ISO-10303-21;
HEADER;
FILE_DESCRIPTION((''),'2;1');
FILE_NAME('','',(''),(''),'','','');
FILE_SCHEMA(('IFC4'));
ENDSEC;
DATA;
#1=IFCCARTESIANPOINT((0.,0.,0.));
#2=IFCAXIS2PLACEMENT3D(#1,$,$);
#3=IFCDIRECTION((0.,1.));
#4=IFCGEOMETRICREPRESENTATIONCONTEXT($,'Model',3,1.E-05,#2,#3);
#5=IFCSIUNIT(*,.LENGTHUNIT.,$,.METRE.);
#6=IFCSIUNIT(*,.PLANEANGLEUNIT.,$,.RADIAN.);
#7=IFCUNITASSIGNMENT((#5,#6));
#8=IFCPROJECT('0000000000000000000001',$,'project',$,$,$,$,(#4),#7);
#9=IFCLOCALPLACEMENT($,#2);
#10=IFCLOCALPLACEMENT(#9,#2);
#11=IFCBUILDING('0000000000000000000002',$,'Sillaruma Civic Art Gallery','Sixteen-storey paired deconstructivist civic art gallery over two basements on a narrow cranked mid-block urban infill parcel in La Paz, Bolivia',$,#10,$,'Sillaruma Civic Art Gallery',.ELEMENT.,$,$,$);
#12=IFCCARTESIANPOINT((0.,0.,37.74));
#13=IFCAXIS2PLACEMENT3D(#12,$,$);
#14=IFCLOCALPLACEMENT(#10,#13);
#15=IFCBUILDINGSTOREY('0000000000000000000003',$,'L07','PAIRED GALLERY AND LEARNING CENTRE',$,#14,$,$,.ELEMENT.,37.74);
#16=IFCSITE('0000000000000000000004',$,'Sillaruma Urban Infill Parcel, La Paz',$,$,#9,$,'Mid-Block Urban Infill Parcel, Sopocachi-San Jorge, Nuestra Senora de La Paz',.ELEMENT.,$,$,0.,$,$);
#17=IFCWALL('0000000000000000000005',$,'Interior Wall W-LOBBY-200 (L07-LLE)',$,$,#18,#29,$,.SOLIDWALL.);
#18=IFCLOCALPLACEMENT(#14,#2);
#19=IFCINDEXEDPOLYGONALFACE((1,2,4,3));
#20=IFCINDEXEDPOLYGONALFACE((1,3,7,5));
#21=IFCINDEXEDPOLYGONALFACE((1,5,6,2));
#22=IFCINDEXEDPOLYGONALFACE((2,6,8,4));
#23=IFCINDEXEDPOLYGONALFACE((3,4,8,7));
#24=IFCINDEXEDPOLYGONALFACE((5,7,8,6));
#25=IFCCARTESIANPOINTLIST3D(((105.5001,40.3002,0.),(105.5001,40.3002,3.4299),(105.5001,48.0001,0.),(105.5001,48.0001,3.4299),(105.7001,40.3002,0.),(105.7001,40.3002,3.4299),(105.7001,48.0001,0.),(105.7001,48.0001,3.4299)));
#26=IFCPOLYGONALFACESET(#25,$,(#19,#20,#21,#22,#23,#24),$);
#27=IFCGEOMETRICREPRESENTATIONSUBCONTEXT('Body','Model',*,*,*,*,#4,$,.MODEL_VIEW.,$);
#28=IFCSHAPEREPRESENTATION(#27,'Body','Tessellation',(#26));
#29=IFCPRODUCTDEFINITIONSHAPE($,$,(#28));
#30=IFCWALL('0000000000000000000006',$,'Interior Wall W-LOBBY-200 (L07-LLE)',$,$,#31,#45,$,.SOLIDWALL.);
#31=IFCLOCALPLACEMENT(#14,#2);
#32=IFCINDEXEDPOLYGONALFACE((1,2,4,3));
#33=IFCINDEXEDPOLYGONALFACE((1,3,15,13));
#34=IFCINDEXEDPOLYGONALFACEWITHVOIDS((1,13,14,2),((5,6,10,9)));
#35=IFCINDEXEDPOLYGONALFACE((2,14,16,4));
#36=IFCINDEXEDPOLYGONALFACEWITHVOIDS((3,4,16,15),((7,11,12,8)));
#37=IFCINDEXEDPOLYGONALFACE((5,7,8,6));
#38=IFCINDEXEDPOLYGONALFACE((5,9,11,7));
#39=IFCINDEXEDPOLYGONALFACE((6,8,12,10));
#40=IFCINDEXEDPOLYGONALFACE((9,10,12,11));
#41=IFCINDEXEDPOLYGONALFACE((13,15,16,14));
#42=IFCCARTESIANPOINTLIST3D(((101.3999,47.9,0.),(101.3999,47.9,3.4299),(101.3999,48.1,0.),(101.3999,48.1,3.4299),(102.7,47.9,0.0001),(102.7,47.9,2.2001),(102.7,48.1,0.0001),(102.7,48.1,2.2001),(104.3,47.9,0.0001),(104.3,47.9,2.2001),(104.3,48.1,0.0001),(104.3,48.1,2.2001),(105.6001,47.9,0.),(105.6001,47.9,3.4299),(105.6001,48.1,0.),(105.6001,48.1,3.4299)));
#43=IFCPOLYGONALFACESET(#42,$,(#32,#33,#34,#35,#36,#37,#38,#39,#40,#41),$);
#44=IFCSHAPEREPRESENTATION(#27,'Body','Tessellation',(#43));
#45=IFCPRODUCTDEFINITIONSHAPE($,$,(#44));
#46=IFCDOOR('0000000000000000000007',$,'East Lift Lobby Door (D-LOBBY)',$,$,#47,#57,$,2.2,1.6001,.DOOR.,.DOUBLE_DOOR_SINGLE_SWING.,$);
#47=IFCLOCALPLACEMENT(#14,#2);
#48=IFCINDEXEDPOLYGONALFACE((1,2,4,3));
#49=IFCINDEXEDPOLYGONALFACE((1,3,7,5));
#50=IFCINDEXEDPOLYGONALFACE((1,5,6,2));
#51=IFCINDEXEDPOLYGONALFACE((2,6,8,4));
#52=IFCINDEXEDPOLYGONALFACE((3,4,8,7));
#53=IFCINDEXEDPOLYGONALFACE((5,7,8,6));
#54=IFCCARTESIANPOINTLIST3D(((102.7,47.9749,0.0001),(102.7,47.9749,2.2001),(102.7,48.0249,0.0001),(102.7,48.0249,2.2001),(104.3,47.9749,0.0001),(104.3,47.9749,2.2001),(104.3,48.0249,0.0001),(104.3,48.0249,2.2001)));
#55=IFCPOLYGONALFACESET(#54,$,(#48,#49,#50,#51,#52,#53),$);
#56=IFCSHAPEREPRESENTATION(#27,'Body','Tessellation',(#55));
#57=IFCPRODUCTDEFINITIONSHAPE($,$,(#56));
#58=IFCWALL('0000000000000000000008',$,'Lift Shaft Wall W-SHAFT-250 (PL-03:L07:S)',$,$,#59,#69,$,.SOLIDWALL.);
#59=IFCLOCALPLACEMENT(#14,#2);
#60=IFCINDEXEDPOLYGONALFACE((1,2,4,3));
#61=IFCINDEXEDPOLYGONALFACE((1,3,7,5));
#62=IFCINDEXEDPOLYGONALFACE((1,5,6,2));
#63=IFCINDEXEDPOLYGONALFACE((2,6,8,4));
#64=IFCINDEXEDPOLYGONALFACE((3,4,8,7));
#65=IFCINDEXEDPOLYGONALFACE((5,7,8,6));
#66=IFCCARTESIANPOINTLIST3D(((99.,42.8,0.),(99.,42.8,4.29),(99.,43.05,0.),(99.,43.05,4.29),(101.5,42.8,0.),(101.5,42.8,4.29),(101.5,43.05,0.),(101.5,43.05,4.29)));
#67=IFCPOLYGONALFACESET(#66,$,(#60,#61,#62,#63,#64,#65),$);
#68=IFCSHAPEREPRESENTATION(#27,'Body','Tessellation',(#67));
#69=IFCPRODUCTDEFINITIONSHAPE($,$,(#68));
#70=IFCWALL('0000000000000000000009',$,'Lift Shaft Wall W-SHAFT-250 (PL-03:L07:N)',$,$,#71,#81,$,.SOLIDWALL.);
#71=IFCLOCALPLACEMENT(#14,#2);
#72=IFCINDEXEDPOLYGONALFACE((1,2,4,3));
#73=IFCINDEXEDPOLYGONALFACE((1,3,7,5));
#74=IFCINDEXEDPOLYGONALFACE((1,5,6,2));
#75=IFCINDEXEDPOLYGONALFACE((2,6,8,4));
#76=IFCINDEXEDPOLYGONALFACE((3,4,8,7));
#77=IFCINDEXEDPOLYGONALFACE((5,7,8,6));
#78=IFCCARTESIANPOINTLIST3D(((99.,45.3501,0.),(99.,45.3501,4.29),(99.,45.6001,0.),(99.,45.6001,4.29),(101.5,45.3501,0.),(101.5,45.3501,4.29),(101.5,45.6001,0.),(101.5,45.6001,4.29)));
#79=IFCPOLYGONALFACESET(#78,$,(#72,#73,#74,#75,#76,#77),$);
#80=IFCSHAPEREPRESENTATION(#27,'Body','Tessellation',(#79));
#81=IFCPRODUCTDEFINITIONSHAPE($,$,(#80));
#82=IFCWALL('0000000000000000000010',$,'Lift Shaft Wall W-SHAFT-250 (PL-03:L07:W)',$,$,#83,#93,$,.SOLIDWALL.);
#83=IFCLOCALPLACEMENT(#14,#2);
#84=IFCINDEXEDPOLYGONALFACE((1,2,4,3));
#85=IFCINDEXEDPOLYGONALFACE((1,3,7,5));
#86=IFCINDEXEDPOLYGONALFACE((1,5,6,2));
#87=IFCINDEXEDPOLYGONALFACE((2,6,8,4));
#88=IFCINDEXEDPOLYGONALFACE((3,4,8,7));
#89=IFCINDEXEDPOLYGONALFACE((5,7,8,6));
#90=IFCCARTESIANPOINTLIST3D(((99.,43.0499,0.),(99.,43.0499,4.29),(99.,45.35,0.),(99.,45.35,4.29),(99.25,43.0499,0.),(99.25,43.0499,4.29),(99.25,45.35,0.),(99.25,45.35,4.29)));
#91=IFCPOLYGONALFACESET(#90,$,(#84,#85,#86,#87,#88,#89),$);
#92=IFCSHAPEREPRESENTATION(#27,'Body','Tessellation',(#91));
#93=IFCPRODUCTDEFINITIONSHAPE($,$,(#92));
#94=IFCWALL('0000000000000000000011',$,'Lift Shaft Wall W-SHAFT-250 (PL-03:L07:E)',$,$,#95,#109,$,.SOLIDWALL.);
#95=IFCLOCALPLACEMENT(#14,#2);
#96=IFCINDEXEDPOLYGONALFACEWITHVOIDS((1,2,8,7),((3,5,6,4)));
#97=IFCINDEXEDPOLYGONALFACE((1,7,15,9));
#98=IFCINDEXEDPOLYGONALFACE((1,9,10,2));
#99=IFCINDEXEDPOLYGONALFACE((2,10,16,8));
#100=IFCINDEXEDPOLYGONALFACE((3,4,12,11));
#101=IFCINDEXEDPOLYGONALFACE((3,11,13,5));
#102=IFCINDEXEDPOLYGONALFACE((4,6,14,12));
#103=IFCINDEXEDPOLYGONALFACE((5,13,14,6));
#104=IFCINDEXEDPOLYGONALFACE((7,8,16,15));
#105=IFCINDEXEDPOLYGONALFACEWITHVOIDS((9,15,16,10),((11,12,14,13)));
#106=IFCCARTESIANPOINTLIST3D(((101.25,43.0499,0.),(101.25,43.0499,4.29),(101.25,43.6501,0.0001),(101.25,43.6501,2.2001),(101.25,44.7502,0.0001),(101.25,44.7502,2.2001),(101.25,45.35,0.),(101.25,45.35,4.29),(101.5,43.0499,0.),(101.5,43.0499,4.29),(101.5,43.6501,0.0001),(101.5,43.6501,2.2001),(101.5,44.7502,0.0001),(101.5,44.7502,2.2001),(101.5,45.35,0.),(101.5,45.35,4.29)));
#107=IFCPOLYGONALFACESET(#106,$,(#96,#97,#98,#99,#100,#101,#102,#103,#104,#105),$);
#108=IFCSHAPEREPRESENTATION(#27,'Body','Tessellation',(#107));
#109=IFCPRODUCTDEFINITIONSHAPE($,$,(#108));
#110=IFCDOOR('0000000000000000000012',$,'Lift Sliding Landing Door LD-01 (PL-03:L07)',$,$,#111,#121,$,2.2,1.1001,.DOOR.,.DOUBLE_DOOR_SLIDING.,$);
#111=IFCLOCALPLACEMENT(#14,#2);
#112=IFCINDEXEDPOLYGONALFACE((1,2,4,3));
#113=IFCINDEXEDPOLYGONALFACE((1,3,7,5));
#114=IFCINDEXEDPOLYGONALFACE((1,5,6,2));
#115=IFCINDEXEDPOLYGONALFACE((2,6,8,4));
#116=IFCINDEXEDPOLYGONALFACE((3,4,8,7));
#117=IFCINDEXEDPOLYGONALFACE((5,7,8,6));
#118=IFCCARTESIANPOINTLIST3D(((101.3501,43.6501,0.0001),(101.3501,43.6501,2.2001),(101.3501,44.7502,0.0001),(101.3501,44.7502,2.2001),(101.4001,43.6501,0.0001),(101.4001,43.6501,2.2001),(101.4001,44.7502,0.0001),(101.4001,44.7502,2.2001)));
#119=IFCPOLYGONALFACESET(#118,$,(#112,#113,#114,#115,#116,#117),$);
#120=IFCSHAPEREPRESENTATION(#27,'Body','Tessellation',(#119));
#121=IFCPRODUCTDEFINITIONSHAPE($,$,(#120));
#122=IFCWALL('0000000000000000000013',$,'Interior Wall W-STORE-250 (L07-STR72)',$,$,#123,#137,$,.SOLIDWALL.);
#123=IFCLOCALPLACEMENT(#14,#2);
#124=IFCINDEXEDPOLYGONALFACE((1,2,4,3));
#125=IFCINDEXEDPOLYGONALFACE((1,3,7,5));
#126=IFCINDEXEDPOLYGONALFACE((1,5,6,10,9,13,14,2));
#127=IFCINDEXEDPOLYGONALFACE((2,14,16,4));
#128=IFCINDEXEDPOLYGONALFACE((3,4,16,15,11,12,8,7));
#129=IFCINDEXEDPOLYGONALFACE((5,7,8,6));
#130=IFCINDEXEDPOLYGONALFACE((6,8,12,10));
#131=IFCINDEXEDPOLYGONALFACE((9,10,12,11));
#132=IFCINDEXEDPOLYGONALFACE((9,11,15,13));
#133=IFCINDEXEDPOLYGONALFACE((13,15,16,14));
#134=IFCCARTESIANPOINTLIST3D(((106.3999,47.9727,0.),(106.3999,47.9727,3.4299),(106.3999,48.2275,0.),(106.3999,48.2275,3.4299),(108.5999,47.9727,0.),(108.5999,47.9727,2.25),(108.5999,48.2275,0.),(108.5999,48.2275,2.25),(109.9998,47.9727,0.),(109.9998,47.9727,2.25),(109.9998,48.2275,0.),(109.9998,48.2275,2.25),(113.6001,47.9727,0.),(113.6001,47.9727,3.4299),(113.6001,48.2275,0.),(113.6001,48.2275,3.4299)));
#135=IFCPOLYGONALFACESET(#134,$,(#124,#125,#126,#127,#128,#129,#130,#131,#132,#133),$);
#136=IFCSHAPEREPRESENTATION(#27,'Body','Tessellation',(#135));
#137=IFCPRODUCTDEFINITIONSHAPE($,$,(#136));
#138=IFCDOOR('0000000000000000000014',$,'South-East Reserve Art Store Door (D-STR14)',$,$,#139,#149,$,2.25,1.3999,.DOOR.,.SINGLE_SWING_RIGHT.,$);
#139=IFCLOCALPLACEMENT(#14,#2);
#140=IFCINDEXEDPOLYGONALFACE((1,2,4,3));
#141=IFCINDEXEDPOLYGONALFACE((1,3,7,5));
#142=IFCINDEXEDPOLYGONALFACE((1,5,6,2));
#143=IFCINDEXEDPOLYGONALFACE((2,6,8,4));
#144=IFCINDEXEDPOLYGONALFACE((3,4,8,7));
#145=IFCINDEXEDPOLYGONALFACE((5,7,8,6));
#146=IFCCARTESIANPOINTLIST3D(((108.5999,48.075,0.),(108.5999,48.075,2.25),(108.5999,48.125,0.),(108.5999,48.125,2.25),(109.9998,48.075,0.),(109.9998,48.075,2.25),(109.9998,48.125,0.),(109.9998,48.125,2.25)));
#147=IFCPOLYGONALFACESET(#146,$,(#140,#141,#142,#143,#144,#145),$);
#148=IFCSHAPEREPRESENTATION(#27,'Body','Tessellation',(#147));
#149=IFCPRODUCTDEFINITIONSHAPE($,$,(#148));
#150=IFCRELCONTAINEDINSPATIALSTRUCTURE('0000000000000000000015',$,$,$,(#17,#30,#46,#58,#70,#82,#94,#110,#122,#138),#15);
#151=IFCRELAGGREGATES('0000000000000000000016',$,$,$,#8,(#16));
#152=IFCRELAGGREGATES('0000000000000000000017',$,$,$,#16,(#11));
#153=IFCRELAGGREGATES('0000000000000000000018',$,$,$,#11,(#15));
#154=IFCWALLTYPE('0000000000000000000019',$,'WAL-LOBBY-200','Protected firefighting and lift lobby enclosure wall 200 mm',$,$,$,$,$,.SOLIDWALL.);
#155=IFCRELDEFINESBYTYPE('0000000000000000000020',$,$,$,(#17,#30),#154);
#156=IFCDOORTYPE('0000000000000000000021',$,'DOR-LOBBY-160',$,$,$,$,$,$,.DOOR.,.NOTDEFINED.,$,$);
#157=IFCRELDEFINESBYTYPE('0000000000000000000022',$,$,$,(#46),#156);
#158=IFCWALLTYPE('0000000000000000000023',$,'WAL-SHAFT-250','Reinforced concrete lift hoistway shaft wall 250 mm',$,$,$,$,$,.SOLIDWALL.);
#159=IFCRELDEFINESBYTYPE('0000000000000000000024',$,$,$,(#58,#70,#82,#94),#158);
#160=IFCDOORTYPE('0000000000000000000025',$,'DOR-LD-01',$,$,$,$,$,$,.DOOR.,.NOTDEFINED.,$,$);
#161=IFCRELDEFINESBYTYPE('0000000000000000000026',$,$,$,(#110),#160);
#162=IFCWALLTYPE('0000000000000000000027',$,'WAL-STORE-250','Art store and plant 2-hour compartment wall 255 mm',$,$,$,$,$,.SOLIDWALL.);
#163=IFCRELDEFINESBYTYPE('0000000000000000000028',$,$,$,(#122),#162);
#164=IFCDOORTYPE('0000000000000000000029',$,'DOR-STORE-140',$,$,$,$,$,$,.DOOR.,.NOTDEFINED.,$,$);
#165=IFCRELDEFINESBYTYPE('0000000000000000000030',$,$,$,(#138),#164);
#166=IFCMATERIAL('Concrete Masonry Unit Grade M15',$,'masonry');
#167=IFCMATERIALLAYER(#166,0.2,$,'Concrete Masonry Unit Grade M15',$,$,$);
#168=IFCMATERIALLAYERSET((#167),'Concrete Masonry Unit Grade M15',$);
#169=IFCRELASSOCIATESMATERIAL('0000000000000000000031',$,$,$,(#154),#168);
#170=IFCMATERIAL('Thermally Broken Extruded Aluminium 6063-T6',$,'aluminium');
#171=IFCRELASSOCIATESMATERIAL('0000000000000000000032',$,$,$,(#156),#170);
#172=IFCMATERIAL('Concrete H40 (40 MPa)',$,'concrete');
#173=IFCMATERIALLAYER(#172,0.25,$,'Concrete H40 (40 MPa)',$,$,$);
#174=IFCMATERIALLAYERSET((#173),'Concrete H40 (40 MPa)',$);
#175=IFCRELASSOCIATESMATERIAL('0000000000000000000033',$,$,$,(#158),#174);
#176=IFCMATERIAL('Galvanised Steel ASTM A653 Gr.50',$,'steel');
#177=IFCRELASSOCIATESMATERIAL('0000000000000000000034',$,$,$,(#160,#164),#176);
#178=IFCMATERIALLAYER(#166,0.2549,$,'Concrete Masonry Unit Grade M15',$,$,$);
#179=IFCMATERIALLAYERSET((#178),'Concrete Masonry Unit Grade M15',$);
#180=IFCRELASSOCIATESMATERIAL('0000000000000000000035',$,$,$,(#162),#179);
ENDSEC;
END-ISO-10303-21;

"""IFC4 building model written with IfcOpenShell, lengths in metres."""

from ifc_helpers import new_model, si_unit, direction, frame, frame_2d, origin, place, context, subcontext, project, spatial, rectangle, extrude, material, layer, layer_set, type_object, element, fill, save


model = new_model("IFC4")

# Units and contexts
model_context = context("Model", 3, precision=1e-05, world=origin(), true_north=direction((0.0, 1.0)))
body_context = subcontext(model_context, "Body", "Model", "MODEL_VIEW")
ifc_project = project(units=[si_unit("LENGTHUNIT", "METRE"), si_unit("PLANEANGLEUNIT", "RADIAN")], contexts=[model_context])

# Site, building, storey
site_placement = place(None, origin())
site = spatial("IfcSite", under=ifc_project, at=site_placement, Name="Sillaruma Urban Infill Parcel, La Paz", LongName="Mid-Block Urban Infill Parcel, Sopocachi-San Jorge, Nuestra Senora de La Paz", CompositionType="ELEMENT", RefElevation=0.0)
building_placement = place(site_placement, origin())
building = spatial("IfcBuilding", under=site, at=building_placement, Name="Sillaruma Civic Art Gallery", Description="Sixteen-storey paired deconstructivist civic art gallery over two basements on a narrow cranked mid-block urban infill parcel in La Paz, Bolivia", LongName="Sillaruma Civic Art Gallery", CompositionType="ELEMENT")
storey_placement = place(building_placement, frame((0.0, 0.0, 37.74)))
storey = spatial("IfcBuildingStorey", under=building, at=storey_placement, Name="L07", Description="PAIRED GALLERY AND LEARNING CENTRE", CompositionType="ELEMENT", Elevation=37.74)

# Shared definitions
ifc_material_1 = material(Name="Concrete H40 (40 MPa)", Category="concrete")

# Shared definitions
ifc_material_2 = material(Name="Galvanised Steel ASTM A653 Gr.50", Category="steel")

# Wall
ifc_material_3 = material(Name="Concrete Masonry Unit Grade M15", Category="masonry")
ifc_layer_1 = layer(ifc_material_3, 0.2, Name="Concrete Masonry Unit Grade M15")
ifc_layer_set_1 = layer_set([ifc_layer_1], Name="Concrete Masonry Unit Grade M15")
wall_type_1 = type_object("IfcWallType", Name="WAL-LOBBY-200", Description="Protected firefighting and lift lobby enclosure wall 200 mm", PredefinedType="SOLIDWALL", material=ifc_layer_set_1)
wall_1_placement = place(storey_placement, frame((105.6001, 40.3, 0.0), z_axis=(0.0, 0.0, 1.0), x_axis=(0.0, 1.0, 0.0)))
element("IfcWall", 1, at=wall_1_placement, inside=storey, type_object=wall_type_1, Name="Interior Wall W-LOBBY-200 (L07-LLE)", PredefinedType="SOLIDWALL", context=body_context, shape_type="SweptSolid", body=[
    extrude(rectangle(XDim=7.7, YDim=0.2, at=frame_2d((3.8501, 0.0))), origin(), (0.0, 0.0, 1.0), 3.4299),
])

# Wall, opening, door
wall_2_placement = place(storey_placement, frame((101.3999, 48.0, 0.0), z_axis=(0.0, 0.0, 1.0), x_axis=(1.0, 0.0, 0.0)))
wall_2 = element("IfcWall", 2, at=wall_2_placement, inside=storey, type_object=wall_type_1, Name="Interior Wall W-LOBBY-200 (L07-LLE)", PredefinedType="SOLIDWALL", context=body_context, shape_type="SweptSolid", body=[
    extrude(rectangle(XDim=4.2002, YDim=0.2, at=frame_2d((2.1001, 0.0))), origin(), (0.0, 0.0, 1.0), 3.4299),
])
opening_1_placement = place(wall_2_placement, frame((1.3, 0.0, 0.0)))
opening_1 = element("IfcOpeningElement", 3, at=opening_1_placement, cuts=wall_2, PredefinedType="OPENING", context=body_context, shape_type="SweptSolid", body=[
    extrude(rectangle(XDim=1.6001, YDim=2.2, at=frame_2d((0.8, 1.1001))), frame((0.0, 0.1099, 0.0), z_axis=(0.0, -1.0, 0.0), x_axis=(1.0, 0.0, 0.0)), (0.0, 0.0, 1.0), 0.22),
])
ifc_material_4 = material(Name="Thermally Broken Extruded Aluminium 6063-T6", Category="aluminium")
door_type_1 = type_object("IfcDoorType", Name="DOR-LOBBY-160", OperationType="NOTDEFINED", PredefinedType="DOOR", material=ifc_material_4)
door_1_placement = place(opening_1_placement, origin())
door_1 = element("IfcDoor", 4, at=door_1_placement, inside=storey, type_object=door_type_1, Name="East Lift Lobby Door (D-LOBBY)", OperationType="DOUBLE_DOOR_SINGLE_SWING", OverallHeight=2.2, OverallWidth=1.6001, PredefinedType="DOOR", context=body_context, shape_type="SweptSolid", body=[
    extrude(rectangle(XDim=1.6001, YDim=2.2, at=frame_2d((0.8, 1.1001))), frame((0.0, 0.0249, 0.0), z_axis=(0.0, -1.0, 0.0), x_axis=(1.0, 0.0, 0.0)), (0.0, 0.0, 1.0), 0.05),
])
fill(opening_1, door_1)

# Walls
ifc_layer_2 = layer(ifc_material_1, 0.25, Name="Concrete H40 (40 MPa)")
ifc_layer_set_2 = layer_set([ifc_layer_2], Name="Concrete H40 (40 MPa)")
wall_type_2 = type_object("IfcWallType", Name="WAL-SHAFT-250", Description="Reinforced concrete lift hoistway shaft wall 250 mm", PredefinedType="SOLIDWALL", material=ifc_layer_set_2)
for number, where, z_axis, x_axis, name in (
    (5, (99.0, 42.925, 0.0), (0.0, 0.0, 1.0), (1.0, 0.0, 0.0), "Lift Shaft Wall W-SHAFT-250 (PL-03:L07:S)"),
    (6, (99.0, 45.4751, 0.0), (0.0, 0.0, 1.0), (1.0, 0.0, 0.0), "Lift Shaft Wall W-SHAFT-250 (PL-03:L07:N)"),
):
    element("IfcWall", number, at=place(storey_placement, frame(where, z_axis=z_axis, x_axis=x_axis)), inside=storey, type_object=wall_type_2, Name=name, PredefinedType="SOLIDWALL", context=body_context, shape_type="SweptSolid", body=[
        extrude(rectangle(XDim=2.5, YDim=0.25, at=frame_2d((1.25, 0.0))), origin(), (0.0, 0.0, 1.0), 4.29),
    ])
wall_3_placement = place(storey_placement, frame((99.125, 43.05, 0.0), z_axis=(0.0, 0.0, 1.0), x_axis=(0.0, 1.0, 0.0)))
element("IfcWall", 7, at=wall_3_placement, inside=storey, type_object=wall_type_2, Name="Lift Shaft Wall W-SHAFT-250 (PL-03:L07:W)", PredefinedType="SOLIDWALL", context=body_context, shape_type="SweptSolid", body=[
    extrude(rectangle(XDim=2.3, YDim=0.25, at=frame_2d((1.1499, 0.0))), origin(), (0.0, 0.0, 1.0), 4.29),
])

# Walls, openings, doors
wall_4_placement = place(storey_placement, frame((101.375, 43.05, 0.0), z_axis=(0.0, 0.0, 1.0), x_axis=(0.0, 1.0, 0.0)))
wall_4 = element("IfcWall", 8, at=wall_4_placement, inside=storey, type_object=wall_type_2, Name="Lift Shaft Wall W-SHAFT-250 (PL-03:L07:E)", PredefinedType="SOLIDWALL", context=body_context, shape_type="SweptSolid", body=[
    extrude(rectangle(XDim=2.3, YDim=0.25, at=frame_2d((1.1499, 0.0))), origin(), (0.0, 0.0, 1.0), 4.29),
])
opening_2_placement = place(wall_4_placement, frame((0.6001, 0.0, 0.0)))
opening_2 = element("IfcOpeningElement", 9, at=opening_2_placement, cuts=wall_4, PredefinedType="OPENING", context=body_context, shape_type="SweptSolid", body=[
    extrude(rectangle(XDim=1.1001, YDim=2.2, at=frame_2d((0.55, 1.1001))), frame((0.0, 0.135, 0.0), z_axis=(0.0, -1.0, 0.0), x_axis=(1.0, 0.0, 0.0)), (0.0, 0.0, 1.0), 0.27),
])
door_type_2 = type_object("IfcDoorType", Name="DOR-LD-01", OperationType="NOTDEFINED", PredefinedType="DOOR", material=ifc_material_2)
door_2_placement = place(opening_2_placement, origin())
door_2 = element("IfcDoor", 10, at=door_2_placement, inside=storey, type_object=door_type_2, Name="Lift Sliding Landing Door LD-01 (PL-03:L07)", OperationType="DOUBLE_DOOR_SLIDING", OverallHeight=2.2, OverallWidth=1.1001, PredefinedType="DOOR", context=body_context, shape_type="SweptSolid", body=[
    extrude(rectangle(XDim=1.1001, YDim=2.2, at=frame_2d((0.55, 1.1001))), frame((0.0, 0.0249, 0.0), z_axis=(0.0, -1.0, 0.0), x_axis=(1.0, 0.0, 0.0)), (0.0, 0.0, 1.0), 0.05),
])
fill(opening_2, door_2)
ifc_layer_3 = layer(ifc_material_3, 0.2549, Name="Concrete Masonry Unit Grade M15")
ifc_layer_set_3 = layer_set([ifc_layer_3], Name="Concrete Masonry Unit Grade M15")
wall_type_3 = type_object("IfcWallType", Name="WAL-STORE-250", Description="Art store and plant 2-hour compartment wall 255 mm", PredefinedType="SOLIDWALL", material=ifc_layer_set_3)
wall_5_placement = place(storey_placement, frame((106.3999, 48.1001, 0.0), z_axis=(0.0, 0.0, 1.0), x_axis=(1.0, 0.0, 0.0)))
wall_5 = element("IfcWall", 11, at=wall_5_placement, inside=storey, type_object=wall_type_3, Name="Interior Wall W-STORE-250 (L07-STR72)", PredefinedType="SOLIDWALL", context=body_context, shape_type="SweptSolid", body=[
    extrude(rectangle(XDim=7.2002, YDim=0.2549, at=frame_2d((3.6001, 0.0))), origin(), (0.0, 0.0, 1.0), 3.4299),
])
opening_3_placement = place(wall_5_placement, frame((2.2, 0.0, 0.0)))
opening_3 = element("IfcOpeningElement", 12, at=opening_3_placement, cuts=wall_5, PredefinedType="OPENING", context=body_context, shape_type="SweptSolid", body=[
    extrude(rectangle(XDim=1.3999, YDim=2.25, at=frame_2d((0.7, 1.125))), frame((0.0, 0.1375, 0.0), z_axis=(0.0, -1.0, 0.0), x_axis=(1.0, 0.0, 0.0)), (0.0, 0.0, 1.0), 0.2749),
])
door_type_3 = type_object("IfcDoorType", Name="DOR-STORE-140", OperationType="NOTDEFINED", PredefinedType="DOOR", material=ifc_material_2)
door_3_placement = place(opening_3_placement, origin())
door_3 = element("IfcDoor", 13, at=door_3_placement, inside=storey, type_object=door_type_3, Name="South-East Reserve Art Store Door (D-STR14)", OperationType="SINGLE_SWING_RIGHT", OverallHeight=2.25, OverallWidth=1.3999, PredefinedType="DOOR", context=body_context, shape_type="SweptSolid", body=[
    extrude(rectangle(XDim=1.3999, YDim=2.25, at=frame_2d((0.7, 1.125))), frame((0.0, 0.0249, 0.0), z_axis=(0.0, -1.0, 0.0), x_axis=(1.0, 0.0, 0.0)), (0.0, 0.0, 1.0), 0.05),
])
fill(opening_3, door_3)

save(model, "model.ifc")
